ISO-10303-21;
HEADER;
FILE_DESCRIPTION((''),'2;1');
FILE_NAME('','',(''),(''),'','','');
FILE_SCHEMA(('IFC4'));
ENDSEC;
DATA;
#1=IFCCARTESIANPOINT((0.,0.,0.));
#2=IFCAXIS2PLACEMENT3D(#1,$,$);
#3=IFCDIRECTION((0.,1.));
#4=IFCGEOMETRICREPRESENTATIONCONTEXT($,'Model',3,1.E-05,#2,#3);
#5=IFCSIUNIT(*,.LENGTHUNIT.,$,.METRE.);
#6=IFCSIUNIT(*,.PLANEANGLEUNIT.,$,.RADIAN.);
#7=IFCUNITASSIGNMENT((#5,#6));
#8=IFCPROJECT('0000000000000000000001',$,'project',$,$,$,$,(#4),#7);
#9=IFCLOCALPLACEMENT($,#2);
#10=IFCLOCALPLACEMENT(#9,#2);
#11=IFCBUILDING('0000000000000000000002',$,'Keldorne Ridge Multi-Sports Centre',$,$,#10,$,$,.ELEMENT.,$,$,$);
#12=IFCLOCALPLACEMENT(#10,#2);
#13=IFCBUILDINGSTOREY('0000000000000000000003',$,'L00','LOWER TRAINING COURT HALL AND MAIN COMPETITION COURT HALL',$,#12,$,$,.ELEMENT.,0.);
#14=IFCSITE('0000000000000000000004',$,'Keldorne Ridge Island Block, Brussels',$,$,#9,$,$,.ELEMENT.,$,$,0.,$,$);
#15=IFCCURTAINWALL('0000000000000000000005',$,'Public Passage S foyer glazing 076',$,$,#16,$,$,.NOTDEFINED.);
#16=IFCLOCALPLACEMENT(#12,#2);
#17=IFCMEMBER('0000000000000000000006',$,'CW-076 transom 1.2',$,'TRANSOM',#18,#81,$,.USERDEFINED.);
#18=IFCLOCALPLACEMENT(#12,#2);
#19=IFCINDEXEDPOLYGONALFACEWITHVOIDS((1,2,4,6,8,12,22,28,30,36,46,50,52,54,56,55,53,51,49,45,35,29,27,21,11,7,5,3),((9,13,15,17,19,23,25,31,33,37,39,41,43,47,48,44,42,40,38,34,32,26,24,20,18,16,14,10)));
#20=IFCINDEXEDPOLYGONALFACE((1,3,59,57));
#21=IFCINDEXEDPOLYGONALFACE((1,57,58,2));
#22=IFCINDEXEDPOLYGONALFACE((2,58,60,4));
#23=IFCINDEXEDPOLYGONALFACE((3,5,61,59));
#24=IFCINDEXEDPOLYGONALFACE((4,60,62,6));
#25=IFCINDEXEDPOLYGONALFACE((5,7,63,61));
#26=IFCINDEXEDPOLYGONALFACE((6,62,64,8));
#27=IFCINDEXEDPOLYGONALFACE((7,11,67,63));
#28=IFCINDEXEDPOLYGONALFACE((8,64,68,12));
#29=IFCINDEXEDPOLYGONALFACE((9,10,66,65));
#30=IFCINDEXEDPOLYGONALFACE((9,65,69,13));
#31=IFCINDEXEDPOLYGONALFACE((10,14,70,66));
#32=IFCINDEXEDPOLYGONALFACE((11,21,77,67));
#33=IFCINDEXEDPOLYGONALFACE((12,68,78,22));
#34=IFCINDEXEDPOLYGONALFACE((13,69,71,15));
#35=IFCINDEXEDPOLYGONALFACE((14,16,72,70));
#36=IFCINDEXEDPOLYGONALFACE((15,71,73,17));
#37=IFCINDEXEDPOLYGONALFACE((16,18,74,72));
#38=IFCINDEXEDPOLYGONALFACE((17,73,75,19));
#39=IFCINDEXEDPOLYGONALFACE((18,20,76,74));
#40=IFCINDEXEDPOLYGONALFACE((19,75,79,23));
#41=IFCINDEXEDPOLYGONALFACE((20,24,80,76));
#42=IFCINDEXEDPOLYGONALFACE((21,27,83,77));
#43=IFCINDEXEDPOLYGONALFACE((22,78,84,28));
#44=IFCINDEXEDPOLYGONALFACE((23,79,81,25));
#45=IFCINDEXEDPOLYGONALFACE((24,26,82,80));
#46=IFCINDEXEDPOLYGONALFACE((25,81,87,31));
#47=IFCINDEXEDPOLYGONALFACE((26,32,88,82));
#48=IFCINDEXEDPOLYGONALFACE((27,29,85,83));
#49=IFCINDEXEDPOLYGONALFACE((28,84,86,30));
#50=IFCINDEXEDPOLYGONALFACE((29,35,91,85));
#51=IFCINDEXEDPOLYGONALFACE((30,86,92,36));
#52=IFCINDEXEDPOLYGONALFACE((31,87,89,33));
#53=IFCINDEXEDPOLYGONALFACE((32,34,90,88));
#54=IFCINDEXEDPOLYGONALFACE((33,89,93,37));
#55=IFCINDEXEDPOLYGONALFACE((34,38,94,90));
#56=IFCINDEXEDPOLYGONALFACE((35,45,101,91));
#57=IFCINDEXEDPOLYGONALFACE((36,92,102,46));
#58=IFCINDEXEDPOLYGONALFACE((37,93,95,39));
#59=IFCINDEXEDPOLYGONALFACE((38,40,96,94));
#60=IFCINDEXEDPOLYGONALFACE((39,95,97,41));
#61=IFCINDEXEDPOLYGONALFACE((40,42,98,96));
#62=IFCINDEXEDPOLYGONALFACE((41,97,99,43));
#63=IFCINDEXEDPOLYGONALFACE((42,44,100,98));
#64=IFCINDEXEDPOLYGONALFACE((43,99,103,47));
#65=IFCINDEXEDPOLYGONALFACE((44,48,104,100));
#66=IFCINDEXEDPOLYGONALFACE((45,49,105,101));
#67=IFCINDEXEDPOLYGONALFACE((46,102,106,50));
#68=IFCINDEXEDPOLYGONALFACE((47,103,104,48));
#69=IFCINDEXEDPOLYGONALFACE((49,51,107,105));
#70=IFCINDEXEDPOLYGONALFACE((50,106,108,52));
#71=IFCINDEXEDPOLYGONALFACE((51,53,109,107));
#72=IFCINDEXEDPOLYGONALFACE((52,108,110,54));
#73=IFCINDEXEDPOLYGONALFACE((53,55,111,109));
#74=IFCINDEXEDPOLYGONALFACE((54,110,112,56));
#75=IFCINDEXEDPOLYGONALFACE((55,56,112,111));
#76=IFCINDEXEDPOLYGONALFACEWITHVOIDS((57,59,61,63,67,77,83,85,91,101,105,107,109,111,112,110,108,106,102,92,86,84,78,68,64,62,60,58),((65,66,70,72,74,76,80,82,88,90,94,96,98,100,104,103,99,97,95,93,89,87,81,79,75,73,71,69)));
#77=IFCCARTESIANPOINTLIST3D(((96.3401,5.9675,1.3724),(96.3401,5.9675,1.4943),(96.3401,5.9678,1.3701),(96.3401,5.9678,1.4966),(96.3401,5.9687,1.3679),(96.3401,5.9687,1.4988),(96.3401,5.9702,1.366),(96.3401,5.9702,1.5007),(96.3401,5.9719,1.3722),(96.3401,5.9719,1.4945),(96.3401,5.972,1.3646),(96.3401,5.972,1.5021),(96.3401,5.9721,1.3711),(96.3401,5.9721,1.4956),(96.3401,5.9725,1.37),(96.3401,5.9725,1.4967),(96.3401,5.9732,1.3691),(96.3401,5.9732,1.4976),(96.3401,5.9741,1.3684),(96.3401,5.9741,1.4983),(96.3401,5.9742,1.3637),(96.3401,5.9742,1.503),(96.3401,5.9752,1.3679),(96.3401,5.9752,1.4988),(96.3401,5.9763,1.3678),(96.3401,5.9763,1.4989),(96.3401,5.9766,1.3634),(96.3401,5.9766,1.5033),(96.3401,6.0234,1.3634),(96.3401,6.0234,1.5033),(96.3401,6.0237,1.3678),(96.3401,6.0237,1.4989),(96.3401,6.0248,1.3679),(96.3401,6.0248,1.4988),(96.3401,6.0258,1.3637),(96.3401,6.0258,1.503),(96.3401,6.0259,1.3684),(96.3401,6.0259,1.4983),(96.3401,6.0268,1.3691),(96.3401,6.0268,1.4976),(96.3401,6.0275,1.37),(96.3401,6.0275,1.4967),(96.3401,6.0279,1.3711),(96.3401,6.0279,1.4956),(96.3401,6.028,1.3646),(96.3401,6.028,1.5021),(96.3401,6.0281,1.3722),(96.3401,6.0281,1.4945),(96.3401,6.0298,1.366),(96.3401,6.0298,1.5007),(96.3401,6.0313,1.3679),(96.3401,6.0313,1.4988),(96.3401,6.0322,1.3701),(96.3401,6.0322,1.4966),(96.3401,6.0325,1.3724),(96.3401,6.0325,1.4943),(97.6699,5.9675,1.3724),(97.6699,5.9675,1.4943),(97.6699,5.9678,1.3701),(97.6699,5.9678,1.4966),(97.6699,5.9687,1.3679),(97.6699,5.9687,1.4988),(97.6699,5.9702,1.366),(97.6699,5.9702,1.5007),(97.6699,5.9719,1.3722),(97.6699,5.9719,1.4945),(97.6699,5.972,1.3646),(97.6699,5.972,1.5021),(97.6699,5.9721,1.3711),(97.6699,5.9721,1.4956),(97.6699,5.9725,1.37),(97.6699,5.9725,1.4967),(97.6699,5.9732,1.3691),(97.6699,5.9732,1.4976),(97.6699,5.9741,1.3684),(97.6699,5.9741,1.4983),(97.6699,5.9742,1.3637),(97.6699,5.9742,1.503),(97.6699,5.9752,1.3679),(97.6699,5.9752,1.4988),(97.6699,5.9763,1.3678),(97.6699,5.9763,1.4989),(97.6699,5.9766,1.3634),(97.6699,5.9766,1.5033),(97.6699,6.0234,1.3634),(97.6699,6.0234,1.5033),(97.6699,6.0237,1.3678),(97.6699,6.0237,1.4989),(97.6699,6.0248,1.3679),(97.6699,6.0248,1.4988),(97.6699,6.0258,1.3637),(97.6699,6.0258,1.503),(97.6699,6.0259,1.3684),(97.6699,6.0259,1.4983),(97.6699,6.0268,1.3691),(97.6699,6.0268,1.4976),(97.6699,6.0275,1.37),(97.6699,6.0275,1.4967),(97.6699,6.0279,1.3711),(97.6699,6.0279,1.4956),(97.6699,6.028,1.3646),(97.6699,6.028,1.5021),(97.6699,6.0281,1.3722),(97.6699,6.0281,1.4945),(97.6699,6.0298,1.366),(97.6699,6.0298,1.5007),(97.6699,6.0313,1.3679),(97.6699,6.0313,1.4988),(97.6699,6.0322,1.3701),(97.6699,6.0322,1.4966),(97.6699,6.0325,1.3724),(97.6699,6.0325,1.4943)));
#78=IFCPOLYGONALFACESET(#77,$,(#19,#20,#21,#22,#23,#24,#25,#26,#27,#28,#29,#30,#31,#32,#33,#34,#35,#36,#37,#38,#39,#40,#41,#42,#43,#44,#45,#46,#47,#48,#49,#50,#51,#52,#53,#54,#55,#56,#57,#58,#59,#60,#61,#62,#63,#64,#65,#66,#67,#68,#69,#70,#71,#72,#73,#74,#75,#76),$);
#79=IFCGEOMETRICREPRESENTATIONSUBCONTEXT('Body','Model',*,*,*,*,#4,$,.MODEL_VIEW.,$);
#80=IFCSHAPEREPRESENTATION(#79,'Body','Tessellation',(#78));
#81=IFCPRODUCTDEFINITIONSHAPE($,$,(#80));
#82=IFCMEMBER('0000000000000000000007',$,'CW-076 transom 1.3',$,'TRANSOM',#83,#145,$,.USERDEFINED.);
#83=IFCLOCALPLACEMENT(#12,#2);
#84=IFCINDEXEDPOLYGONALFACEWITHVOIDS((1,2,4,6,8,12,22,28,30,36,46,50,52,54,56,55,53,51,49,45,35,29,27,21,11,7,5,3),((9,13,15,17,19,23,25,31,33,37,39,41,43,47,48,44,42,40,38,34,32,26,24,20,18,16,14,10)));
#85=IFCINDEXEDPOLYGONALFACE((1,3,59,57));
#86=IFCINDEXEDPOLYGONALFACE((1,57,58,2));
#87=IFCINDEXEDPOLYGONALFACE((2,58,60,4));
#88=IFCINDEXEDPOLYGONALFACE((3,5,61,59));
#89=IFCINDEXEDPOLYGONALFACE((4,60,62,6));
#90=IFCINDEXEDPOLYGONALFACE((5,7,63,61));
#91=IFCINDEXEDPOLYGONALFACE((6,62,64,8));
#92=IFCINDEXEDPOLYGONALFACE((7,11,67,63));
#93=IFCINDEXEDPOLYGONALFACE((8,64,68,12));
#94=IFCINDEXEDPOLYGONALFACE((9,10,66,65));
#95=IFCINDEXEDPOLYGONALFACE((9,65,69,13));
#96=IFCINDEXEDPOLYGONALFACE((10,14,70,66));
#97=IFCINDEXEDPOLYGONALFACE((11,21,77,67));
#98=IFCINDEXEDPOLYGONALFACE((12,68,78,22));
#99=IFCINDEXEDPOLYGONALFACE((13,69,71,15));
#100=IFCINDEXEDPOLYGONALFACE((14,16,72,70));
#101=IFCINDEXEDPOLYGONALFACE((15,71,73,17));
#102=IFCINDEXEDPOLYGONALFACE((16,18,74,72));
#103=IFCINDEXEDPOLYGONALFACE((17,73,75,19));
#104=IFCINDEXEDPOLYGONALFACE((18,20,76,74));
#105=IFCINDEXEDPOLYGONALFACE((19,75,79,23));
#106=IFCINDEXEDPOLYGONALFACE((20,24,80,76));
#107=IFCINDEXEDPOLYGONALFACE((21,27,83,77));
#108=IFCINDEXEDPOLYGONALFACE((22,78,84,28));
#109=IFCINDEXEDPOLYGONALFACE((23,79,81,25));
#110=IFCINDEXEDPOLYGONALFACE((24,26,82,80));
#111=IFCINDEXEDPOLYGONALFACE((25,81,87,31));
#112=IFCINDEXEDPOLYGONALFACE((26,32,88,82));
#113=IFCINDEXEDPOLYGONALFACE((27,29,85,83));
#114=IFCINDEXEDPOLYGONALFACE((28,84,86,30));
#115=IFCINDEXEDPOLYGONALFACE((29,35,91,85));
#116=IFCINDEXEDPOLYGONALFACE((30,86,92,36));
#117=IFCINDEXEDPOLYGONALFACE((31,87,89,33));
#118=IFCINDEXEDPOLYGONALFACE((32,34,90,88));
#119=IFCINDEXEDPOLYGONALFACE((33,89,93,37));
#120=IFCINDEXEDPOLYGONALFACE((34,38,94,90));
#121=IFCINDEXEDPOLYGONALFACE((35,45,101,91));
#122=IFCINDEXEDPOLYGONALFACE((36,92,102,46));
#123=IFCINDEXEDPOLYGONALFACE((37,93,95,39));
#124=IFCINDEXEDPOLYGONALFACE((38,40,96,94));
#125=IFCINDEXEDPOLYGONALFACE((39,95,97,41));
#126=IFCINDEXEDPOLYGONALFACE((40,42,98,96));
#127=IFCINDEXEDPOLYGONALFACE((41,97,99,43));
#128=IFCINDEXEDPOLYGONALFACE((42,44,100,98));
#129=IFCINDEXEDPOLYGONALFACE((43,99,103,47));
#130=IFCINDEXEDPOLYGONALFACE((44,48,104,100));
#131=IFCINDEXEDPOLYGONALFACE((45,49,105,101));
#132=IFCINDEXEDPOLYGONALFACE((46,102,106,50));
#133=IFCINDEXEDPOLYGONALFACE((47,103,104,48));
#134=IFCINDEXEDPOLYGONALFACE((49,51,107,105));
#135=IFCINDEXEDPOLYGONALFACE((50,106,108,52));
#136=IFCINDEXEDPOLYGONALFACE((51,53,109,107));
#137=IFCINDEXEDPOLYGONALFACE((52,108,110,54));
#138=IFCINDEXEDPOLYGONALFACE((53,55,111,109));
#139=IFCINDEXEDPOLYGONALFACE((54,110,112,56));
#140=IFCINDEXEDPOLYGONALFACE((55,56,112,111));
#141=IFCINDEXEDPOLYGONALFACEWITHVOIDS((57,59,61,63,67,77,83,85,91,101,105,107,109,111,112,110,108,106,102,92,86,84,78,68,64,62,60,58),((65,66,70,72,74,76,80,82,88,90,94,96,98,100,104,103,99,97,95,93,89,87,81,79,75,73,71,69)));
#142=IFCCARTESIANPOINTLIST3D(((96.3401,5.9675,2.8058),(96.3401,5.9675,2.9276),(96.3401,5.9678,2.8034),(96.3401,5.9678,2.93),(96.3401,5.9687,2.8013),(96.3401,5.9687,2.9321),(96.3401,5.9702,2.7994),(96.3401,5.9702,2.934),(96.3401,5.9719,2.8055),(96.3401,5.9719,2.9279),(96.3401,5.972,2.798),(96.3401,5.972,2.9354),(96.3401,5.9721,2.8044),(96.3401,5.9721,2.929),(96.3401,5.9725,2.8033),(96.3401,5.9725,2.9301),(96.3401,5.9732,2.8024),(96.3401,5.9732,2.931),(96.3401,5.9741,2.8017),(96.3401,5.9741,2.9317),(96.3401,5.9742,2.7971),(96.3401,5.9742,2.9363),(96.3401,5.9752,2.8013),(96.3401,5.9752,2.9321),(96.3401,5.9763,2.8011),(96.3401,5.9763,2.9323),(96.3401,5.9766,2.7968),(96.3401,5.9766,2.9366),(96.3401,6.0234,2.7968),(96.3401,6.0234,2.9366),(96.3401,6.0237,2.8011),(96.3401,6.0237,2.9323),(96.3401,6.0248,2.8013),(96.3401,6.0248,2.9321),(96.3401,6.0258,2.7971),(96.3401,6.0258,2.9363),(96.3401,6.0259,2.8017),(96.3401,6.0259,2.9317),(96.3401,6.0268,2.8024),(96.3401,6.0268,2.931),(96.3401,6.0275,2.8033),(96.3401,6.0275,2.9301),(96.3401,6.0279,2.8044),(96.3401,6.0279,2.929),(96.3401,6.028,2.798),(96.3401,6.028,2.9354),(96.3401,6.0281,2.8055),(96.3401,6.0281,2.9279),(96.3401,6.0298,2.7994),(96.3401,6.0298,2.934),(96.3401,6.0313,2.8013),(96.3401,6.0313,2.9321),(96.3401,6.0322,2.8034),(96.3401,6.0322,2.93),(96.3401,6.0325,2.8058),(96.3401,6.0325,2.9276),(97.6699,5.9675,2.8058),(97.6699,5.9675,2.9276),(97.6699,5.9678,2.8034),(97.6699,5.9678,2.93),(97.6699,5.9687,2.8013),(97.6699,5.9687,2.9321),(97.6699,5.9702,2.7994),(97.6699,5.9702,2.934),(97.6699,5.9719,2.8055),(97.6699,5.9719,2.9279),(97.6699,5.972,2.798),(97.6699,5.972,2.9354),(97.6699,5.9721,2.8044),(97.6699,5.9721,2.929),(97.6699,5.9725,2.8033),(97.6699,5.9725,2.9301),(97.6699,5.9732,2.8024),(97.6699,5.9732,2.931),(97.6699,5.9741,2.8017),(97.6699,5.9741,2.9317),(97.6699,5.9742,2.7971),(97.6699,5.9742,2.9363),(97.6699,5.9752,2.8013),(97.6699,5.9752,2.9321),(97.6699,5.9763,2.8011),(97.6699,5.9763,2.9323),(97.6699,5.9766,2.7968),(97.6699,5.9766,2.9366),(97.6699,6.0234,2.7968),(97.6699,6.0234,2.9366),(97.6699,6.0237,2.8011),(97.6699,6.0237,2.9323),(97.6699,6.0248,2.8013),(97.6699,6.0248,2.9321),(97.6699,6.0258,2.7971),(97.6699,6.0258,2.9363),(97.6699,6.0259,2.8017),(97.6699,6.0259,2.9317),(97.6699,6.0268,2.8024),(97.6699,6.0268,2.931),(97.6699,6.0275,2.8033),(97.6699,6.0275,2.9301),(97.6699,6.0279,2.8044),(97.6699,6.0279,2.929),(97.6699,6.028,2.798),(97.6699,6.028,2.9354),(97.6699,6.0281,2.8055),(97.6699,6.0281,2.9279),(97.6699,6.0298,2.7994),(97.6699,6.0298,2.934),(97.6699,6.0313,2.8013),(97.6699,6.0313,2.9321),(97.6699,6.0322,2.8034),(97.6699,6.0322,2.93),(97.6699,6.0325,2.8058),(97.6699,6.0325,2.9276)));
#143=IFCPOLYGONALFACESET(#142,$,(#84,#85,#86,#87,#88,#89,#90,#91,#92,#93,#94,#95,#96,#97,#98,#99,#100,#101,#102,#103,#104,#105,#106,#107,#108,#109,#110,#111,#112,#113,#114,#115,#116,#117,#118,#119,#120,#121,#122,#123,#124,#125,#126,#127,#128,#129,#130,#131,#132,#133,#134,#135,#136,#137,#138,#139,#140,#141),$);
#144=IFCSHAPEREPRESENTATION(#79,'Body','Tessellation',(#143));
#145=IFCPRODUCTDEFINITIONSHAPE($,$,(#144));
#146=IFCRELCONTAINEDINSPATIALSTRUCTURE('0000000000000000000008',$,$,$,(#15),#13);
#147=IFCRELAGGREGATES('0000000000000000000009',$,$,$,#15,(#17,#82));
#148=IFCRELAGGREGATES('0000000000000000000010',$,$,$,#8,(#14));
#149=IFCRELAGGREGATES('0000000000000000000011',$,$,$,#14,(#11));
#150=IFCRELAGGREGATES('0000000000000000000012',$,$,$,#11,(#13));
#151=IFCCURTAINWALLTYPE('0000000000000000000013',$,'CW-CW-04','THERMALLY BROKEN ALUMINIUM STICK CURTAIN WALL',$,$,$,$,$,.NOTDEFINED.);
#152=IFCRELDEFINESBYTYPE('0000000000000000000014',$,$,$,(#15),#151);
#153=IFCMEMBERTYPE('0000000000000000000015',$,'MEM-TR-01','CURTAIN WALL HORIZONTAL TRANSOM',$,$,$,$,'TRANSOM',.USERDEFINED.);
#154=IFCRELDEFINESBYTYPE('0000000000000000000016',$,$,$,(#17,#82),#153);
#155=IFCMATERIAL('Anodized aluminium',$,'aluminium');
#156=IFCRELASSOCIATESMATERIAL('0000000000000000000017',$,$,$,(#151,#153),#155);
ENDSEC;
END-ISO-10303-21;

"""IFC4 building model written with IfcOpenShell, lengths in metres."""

from ifc_helpers import new_model, si_unit, direction, frame, origin, origin_2d, place, context, subcontext, project, spatial, hollow_rectangle, extrude, material, material_profile, profile_set, type_object, element, aggregate, save


model = new_model("IFC4")

# Units and contexts
model_context = context("Model", 3, precision=1e-05, world=origin(), true_north=direction((0.0, 1.0)))
body_context = subcontext(model_context, "Body", "Model", "MODEL_VIEW")
ifc_project = project(units=[si_unit("LENGTHUNIT", "METRE"), si_unit("PLANEANGLEUNIT", "RADIAN")], contexts=[model_context])

# Site, building, storey
site_placement = place(None, origin())
site = spatial("IfcSite", under=ifc_project, at=site_placement, Name="Keldorne Ridge Island Block, Brussels", CompositionType="ELEMENT", RefElevation=0.0)
building_placement = place(site_placement, origin())
building = spatial("IfcBuilding", under=site, at=building_placement, Name="Keldorne Ridge Multi-Sports Centre", CompositionType="ELEMENT")
storey_placement = place(building_placement, origin())
storey = spatial("IfcBuildingStorey", under=building, at=storey_placement, Name="L00", Description="LOWER TRAINING COURT HALL AND MAIN COMPETITION COURT HALL", CompositionType="ELEMENT", Elevation=0.0)

# Shared definitions
ifc_material_1 = material(Name="Anodized aluminium", Category="aluminium")

# Curtain wall
curtain_wall_type_1 = type_object("IfcCurtainWallType", Name="CW-CW-04", Description="THERMALLY BROKEN ALUMINIUM STICK CURTAIN WALL", PredefinedType="NOTDEFINED", material=ifc_material_1)
curtain_wall_1_placement = place(storey_placement, origin())
curtain_wall_1 = element("IfcCurtainWall", 1, at=curtain_wall_1_placement, inside=storey, type_object=curtain_wall_type_1, Name="Public Passage S foyer glazing 076", PredefinedType="NOTDEFINED")

# Members
ifc_material_profile_1 = material_profile(ifc_material_1, hollow_rectangle(XDim=0.0649, YDim=0.1399, WallThickness=0.0044, InnerFilletRadius=0.0044, OuterFilletRadius=0.009, at=origin_2d()), Name="ALU TRANSOM 140x65x4.5")
ifc_profile_set_1 = profile_set([ifc_material_profile_1], Name="Anodized aluminium")
member_type_1 = type_object("IfcMemberType", Name="MEM-TR-01", Description="CURTAIN WALL HORIZONTAL TRANSOM", ElementType="TRANSOM", PredefinedType="USERDEFINED", material=ifc_profile_set_1)
member_1_placement = place(storey_placement, frame((96.3401, 6.0, 1.4333), z_axis=(1.0, 0.0, 0.0), x_axis=(0.0, 1.0, 0.0)))
member_1 = element("IfcMember", 2, at=member_1_placement, type_object=member_type_1, Name="CW-076 transom 1.2", ObjectType="TRANSOM", PredefinedType="USERDEFINED", context=body_context, shape_type="SweptSolid", body=[
    extrude(hollow_rectangle(XDim=0.0649, YDim=0.1399, WallThickness=0.0044, InnerFilletRadius=0.0044, OuterFilletRadius=0.009, at=origin_2d()), origin(), (0.0, 0.0, 1.0), 1.3298),
])
member_2_placement = place(storey_placement, frame((96.3401, 6.0, 2.8667), z_axis=(1.0, 0.0, 0.0), x_axis=(0.0, 1.0, 0.0)))
member_2 = element("IfcMember", 3, at=member_2_placement, type_object=member_type_1, Name="CW-076 transom 1.3", ObjectType="TRANSOM", PredefinedType="USERDEFINED", context=body_context, shape_type="SweptSolid", body=[
    extrude(hollow_rectangle(XDim=0.0649, YDim=0.1399, WallThickness=0.0044, InnerFilletRadius=0.0044, OuterFilletRadius=0.009, at=origin_2d()), origin(), (0.0, 0.0, 1.0), 1.3298),
])

aggregate(curtain_wall_1, [member_1, member_2])

save(model, "model.ifc")
